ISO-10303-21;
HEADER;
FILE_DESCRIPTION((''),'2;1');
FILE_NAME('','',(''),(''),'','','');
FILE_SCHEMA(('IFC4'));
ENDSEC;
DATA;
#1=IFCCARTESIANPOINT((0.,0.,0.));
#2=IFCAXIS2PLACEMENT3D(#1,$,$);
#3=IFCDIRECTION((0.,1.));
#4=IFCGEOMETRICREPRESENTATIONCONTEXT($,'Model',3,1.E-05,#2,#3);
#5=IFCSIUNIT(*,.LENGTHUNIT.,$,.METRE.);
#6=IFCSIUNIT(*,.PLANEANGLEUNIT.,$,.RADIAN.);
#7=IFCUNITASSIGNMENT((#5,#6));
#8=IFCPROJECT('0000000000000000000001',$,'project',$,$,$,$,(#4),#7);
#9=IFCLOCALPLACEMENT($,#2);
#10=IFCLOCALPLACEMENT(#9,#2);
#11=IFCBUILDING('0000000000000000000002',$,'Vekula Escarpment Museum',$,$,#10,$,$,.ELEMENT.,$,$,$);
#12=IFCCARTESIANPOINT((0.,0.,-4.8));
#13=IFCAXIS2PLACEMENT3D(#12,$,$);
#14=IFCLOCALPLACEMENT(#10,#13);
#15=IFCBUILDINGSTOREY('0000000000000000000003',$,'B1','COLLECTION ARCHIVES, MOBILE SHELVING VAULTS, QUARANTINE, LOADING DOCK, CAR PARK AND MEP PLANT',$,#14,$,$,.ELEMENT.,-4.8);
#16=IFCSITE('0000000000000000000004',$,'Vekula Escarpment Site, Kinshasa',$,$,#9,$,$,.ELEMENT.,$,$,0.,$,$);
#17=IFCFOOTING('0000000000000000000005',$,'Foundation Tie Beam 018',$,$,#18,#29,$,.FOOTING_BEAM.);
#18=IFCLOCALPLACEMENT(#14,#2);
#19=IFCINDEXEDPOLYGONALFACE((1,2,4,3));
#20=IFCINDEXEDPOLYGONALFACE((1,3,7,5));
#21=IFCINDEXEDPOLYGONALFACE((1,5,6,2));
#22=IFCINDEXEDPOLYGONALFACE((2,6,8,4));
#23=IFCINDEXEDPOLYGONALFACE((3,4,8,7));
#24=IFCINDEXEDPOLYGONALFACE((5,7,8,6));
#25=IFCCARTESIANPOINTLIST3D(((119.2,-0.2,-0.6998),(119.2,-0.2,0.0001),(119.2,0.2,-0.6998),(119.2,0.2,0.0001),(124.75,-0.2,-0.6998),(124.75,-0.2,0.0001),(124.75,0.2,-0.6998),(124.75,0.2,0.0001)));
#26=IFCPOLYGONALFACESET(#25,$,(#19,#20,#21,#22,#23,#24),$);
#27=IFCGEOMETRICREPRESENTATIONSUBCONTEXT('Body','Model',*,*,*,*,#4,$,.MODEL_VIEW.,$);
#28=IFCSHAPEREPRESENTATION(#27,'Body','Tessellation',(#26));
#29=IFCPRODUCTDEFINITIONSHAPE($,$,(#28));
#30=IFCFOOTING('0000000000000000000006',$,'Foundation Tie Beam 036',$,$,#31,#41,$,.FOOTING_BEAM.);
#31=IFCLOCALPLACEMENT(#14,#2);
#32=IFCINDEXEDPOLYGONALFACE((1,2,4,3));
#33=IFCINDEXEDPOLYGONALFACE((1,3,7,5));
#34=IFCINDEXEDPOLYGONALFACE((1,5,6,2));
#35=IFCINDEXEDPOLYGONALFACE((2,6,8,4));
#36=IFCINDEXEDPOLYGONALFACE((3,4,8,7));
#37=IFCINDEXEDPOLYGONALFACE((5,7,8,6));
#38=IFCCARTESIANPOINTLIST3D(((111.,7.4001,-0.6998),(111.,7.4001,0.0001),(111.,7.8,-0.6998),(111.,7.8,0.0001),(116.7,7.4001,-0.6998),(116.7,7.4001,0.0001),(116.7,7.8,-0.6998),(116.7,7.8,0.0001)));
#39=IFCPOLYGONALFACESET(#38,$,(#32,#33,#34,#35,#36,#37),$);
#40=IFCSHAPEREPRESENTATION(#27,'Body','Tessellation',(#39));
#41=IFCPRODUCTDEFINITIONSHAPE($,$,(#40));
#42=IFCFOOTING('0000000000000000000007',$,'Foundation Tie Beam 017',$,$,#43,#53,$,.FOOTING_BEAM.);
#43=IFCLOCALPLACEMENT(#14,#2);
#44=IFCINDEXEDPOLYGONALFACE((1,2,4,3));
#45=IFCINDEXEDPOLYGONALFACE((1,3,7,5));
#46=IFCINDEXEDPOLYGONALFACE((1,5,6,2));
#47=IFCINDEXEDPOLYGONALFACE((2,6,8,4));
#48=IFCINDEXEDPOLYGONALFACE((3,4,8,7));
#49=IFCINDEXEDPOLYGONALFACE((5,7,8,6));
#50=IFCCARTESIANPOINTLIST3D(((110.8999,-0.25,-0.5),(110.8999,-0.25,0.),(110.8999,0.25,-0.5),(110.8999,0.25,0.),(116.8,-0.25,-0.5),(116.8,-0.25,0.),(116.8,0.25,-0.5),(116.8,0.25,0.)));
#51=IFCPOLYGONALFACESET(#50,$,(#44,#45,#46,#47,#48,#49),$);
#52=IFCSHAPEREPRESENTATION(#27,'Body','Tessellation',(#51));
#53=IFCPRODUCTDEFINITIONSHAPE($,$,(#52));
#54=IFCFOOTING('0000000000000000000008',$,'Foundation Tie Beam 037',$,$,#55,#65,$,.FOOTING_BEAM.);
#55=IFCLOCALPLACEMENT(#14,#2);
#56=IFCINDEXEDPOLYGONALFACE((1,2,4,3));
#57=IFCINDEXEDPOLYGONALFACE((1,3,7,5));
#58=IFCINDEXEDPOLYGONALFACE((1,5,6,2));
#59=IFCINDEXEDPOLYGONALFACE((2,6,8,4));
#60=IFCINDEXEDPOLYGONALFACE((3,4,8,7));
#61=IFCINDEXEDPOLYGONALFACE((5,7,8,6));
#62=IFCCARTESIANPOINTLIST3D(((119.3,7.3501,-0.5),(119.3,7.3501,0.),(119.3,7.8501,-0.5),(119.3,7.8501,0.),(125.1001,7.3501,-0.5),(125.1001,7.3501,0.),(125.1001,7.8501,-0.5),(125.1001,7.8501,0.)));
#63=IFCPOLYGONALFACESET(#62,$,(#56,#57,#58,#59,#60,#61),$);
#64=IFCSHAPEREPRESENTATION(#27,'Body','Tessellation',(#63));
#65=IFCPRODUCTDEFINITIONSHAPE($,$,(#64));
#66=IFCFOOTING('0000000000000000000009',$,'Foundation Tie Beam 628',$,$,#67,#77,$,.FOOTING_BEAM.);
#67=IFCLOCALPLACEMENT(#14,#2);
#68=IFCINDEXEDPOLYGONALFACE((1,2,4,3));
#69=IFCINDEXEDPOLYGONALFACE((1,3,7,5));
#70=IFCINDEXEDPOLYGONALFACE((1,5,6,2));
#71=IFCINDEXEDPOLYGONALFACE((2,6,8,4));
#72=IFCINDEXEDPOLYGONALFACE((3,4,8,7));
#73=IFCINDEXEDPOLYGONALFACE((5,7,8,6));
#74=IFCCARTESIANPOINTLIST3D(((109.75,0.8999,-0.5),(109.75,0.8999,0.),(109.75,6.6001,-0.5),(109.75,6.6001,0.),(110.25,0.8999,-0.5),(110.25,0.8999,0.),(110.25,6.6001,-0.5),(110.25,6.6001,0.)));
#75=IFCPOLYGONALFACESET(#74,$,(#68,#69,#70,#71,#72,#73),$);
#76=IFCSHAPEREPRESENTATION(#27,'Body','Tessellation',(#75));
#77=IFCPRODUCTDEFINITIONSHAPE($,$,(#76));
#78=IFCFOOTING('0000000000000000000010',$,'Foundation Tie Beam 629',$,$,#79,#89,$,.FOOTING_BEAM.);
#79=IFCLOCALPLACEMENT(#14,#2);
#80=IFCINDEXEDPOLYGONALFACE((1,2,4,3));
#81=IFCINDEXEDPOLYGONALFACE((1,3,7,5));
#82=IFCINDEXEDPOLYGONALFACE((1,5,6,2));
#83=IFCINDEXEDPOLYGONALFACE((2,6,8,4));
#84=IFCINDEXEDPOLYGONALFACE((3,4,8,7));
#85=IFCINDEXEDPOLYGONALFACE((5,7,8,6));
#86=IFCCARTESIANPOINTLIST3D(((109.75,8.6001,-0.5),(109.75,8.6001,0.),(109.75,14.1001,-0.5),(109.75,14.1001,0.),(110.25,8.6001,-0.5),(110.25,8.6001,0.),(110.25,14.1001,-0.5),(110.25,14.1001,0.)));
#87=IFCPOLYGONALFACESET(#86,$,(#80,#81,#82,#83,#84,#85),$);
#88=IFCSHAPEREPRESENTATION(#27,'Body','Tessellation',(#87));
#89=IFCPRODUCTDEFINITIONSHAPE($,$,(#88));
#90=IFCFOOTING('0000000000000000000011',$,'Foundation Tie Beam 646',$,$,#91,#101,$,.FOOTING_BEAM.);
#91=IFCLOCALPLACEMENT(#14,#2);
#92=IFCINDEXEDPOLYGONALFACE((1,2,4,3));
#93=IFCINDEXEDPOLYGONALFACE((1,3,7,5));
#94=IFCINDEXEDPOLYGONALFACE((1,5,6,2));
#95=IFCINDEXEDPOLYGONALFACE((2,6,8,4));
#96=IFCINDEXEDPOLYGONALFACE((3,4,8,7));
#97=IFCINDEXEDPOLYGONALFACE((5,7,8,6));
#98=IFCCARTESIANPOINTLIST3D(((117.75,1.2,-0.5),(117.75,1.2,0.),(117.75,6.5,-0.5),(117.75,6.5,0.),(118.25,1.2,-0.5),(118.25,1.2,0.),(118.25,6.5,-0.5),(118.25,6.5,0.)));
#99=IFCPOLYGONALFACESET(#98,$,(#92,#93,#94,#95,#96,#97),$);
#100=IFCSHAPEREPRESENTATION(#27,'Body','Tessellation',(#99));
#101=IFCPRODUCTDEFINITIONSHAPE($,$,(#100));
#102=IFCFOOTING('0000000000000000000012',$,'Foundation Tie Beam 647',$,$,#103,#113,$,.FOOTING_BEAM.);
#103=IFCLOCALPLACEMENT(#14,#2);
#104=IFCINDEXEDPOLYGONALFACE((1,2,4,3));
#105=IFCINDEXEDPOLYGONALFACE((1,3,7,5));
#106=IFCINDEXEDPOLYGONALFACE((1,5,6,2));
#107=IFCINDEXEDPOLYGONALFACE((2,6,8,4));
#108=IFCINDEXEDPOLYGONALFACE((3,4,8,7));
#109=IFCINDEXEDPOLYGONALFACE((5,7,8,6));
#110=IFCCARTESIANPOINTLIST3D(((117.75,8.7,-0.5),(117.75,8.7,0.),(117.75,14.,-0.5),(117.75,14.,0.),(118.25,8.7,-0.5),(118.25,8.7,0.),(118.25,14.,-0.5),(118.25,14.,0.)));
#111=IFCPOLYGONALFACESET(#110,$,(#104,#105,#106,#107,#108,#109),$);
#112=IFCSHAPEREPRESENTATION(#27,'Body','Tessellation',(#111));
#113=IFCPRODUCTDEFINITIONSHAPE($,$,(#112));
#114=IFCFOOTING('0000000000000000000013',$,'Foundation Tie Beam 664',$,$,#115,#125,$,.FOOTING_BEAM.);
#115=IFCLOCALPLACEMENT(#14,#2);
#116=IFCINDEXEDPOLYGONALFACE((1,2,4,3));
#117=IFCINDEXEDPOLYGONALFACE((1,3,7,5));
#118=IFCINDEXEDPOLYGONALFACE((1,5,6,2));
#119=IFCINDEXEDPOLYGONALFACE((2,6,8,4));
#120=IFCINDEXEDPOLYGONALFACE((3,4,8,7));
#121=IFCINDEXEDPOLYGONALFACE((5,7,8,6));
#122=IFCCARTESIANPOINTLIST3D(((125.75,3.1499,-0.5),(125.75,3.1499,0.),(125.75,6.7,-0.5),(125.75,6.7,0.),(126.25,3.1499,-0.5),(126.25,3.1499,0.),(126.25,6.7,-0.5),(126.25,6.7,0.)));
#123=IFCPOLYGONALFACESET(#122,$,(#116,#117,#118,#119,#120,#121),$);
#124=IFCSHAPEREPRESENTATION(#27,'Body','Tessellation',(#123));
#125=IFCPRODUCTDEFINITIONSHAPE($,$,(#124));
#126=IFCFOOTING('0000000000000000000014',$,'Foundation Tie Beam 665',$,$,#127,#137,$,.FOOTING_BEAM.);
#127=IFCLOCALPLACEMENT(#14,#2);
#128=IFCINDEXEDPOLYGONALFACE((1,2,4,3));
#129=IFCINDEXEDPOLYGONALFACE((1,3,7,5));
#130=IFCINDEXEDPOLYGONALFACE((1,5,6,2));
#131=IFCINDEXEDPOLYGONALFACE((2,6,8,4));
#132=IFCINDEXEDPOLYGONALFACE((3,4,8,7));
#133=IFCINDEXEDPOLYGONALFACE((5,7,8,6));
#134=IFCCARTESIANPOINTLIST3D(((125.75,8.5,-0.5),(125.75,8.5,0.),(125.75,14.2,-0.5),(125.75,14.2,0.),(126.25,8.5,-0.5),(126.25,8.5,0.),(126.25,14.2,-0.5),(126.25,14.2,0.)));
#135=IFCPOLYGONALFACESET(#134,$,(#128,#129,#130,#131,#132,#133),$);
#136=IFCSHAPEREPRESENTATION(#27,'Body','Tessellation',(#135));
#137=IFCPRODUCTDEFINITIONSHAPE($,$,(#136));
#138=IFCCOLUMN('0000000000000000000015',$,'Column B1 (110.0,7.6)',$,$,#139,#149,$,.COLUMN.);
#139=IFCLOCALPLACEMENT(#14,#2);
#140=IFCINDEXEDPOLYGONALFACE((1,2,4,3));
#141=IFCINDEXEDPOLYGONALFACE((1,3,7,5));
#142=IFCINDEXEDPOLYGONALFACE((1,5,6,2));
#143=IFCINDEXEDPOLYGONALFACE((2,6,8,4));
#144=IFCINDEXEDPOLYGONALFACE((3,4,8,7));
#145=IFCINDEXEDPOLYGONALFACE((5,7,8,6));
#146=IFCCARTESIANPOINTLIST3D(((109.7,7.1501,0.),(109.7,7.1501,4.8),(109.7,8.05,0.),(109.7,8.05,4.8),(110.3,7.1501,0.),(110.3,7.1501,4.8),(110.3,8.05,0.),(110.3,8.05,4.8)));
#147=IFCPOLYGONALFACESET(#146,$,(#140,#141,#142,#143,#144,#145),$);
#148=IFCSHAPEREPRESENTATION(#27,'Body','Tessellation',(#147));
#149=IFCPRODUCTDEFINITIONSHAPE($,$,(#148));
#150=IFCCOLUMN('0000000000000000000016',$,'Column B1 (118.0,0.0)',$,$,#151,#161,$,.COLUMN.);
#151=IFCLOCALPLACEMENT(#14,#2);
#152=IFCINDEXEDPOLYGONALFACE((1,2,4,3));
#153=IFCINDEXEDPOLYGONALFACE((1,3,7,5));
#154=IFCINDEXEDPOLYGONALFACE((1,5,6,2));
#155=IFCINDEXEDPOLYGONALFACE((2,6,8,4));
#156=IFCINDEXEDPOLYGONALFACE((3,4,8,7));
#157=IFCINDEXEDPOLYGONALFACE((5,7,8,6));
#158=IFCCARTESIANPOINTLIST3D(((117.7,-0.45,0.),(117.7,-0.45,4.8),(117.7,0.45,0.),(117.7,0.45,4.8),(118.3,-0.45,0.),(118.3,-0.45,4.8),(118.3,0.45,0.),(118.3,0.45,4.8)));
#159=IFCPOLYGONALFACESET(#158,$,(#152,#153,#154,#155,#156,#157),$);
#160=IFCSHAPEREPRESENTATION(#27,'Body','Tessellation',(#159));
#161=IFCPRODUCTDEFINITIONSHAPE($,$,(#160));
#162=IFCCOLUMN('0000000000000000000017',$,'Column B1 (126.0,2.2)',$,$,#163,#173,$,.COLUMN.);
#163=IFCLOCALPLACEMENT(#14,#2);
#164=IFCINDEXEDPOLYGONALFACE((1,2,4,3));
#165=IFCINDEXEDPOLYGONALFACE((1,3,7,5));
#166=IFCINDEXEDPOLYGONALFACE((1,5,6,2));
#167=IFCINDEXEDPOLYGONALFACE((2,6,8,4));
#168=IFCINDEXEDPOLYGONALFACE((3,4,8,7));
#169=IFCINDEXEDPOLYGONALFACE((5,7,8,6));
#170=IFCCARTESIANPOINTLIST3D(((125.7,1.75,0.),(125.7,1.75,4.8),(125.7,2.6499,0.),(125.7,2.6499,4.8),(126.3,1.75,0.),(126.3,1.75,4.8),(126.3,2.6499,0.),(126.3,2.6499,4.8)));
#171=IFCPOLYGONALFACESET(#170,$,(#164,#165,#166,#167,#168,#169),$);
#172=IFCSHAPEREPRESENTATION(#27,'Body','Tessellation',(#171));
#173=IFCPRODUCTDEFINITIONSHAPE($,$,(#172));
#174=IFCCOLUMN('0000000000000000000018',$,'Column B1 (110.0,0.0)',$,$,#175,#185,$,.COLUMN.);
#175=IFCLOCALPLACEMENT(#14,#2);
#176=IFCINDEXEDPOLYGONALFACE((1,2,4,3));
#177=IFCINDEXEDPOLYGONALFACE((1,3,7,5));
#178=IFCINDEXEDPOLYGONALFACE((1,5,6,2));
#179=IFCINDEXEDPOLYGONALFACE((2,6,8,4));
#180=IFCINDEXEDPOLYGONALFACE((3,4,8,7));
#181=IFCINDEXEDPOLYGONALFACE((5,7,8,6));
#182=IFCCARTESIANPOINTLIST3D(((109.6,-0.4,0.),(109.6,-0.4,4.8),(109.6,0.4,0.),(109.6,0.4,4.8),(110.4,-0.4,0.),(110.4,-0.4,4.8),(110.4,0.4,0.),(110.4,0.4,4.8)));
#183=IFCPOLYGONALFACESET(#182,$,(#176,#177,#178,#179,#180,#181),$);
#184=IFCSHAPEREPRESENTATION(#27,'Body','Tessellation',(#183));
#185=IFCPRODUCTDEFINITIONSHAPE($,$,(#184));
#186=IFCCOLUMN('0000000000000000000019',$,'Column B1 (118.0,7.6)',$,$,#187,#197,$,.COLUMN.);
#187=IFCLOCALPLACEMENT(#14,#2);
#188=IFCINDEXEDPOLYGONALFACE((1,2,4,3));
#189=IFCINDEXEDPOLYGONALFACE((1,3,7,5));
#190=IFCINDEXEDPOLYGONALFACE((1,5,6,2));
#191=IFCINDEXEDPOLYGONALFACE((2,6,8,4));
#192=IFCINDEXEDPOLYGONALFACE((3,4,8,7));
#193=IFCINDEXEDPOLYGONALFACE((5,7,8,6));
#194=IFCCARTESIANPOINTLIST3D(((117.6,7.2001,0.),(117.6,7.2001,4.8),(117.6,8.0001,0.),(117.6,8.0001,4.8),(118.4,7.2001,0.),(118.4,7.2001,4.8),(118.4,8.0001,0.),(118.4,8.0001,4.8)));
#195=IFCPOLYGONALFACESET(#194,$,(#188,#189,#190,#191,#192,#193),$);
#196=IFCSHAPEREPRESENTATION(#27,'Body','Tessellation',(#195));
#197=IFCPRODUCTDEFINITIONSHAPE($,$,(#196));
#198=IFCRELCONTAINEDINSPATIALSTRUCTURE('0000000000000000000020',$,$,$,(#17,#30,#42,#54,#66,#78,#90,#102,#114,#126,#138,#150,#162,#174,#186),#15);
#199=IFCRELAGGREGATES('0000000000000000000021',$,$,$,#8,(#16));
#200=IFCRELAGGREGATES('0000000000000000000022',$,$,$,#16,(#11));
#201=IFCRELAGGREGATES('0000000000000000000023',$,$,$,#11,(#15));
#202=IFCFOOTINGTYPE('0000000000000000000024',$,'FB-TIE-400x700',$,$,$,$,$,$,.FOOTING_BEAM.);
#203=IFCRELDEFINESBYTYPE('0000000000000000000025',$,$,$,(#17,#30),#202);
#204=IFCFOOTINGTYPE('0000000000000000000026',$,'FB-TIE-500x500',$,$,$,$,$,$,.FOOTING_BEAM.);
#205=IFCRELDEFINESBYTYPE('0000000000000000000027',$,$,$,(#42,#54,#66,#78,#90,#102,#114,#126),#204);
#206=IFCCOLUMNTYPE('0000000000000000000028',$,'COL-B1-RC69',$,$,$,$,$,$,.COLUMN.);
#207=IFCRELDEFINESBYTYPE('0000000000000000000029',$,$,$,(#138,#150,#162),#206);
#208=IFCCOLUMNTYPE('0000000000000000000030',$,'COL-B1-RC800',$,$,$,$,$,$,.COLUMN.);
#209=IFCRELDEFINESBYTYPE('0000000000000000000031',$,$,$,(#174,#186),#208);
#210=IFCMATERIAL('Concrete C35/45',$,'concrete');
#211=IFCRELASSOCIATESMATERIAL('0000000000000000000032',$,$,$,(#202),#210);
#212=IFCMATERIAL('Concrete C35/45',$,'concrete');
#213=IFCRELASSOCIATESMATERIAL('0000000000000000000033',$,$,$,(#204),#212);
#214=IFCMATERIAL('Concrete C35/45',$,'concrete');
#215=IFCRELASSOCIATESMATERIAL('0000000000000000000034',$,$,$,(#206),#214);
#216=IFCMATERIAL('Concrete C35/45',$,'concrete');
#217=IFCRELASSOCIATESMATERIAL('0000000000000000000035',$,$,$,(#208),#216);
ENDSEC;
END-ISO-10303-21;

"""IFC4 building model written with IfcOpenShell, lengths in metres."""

from ifc_helpers import new_model, si_unit, direction, frame, origin, origin_2d, place, context, subcontext, project, spatial, rectangle, extrude, material, material_profile, profile_set, type_object, element, save


model = new_model("IFC4")

# Units and contexts
model_context = context("Model", 3, precision=1e-05, world=origin(), true_north=direction((0.0, 1.0)))
body_context = subcontext(model_context, "Body", "Model", "MODEL_VIEW")
ifc_project = project(units=[si_unit("LENGTHUNIT", "METRE"), si_unit("PLANEANGLEUNIT", "RADIAN")], contexts=[model_context])

# Site, building, storey
site_placement = place(None, origin())
site = spatial("IfcSite", under=ifc_project, at=site_placement, Name="Vekula Escarpment Site, Kinshasa", CompositionType="ELEMENT", RefElevation=0.0)
building_placement = place(site_placement, origin())
building = spatial("IfcBuilding", under=site, at=building_placement, Name="Vekula Escarpment Museum", CompositionType="ELEMENT")
storey_placement = place(building_placement, frame((0.0, 0.0, -4.8)))
storey = spatial("IfcBuildingStorey", under=building, at=storey_placement, Name="B1", Description="COLLECTION ARCHIVES, MOBILE SHELVING VAULTS, QUARANTINE, LOADING DOCK, CAR PARK AND MEP PLANT", CompositionType="ELEMENT", Elevation=-4.8)

# Footings
ifc_material_1 = material(Name="Concrete C35/45", Category="concrete")
ifc_material_profile_1 = material_profile(ifc_material_1, rectangle(XDim=0.3999, YDim=0.7, at=origin_2d()), Name="RC 400x700")
ifc_profile_set_1 = profile_set([ifc_material_profile_1], Name="Concrete C35/45")
footing_type_1 = type_object("IfcFootingType", Name="FB-TIE-400x700", PredefinedType="FOOTING_BEAM", material=ifc_profile_set_1)
footing_1_placement = place(storey_placement, frame((119.2, 0.0, -0.3499), z_axis=(1.0, 0.0, 0.0), x_axis=(0.0, 1.0, 0.0)))
element("IfcFooting", 1, at=footing_1_placement, inside=storey, type_object=footing_type_1, Name="Foundation Tie Beam 018", PredefinedType="FOOTING_BEAM", context=body_context, shape_type="SweptSolid", body=[
    extrude(rectangle(XDim=0.3999, YDim=0.7, at=origin_2d()), origin(), (0.0, 0.0, 1.0), 5.55),
])
footing_2_placement = place(storey_placement, frame((111.0, 7.6001, -0.3499), z_axis=(1.0, 0.0, 0.0), x_axis=(0.0, 1.0, 0.0)))
element("IfcFooting", 2, at=footing_2_placement, inside=storey, type_object=footing_type_1, Name="Foundation Tie Beam 036", PredefinedType="FOOTING_BEAM", context=body_context, shape_type="SweptSolid", body=[
    extrude(rectangle(XDim=0.3999, YDim=0.7, at=origin_2d()), origin(), (0.0, 0.0, 1.0), 5.7),
])
ifc_material_2 = material(Name="Concrete C35/45", Category="concrete")
ifc_material_profile_2 = material_profile(ifc_material_2, rectangle(XDim=0.5, YDim=0.5, at=origin_2d()), Name="RC 500x500")
ifc_profile_set_2 = profile_set([ifc_material_profile_2], Name="Concrete C35/45")
footing_type_2 = type_object("IfcFootingType", Name="FB-TIE-500x500", PredefinedType="FOOTING_BEAM", material=ifc_profile_set_2)
footing_3_placement = place(storey_placement, frame((110.8999, 0.0, -0.25), z_axis=(1.0, 0.0, 0.0), x_axis=(0.0, 1.0, 0.0)))
element("IfcFooting", 3, at=footing_3_placement, inside=storey, type_object=footing_type_2, Name="Foundation Tie Beam 017", PredefinedType="FOOTING_BEAM", context=body_context, shape_type="SweptSolid", body=[
    extrude(rectangle(XDim=0.5, YDim=0.5, at=origin_2d()), origin(), (0.0, 0.0, 1.0), 5.9001),
])
footing_4_placement = place(storey_placement, frame((119.3, 7.6001, -0.25), z_axis=(1.0, 0.0, 0.0), x_axis=(0.0, 1.0, 0.0)))
element("IfcFooting", 4, at=footing_4_placement, inside=storey, type_object=footing_type_2, Name="Foundation Tie Beam 037", PredefinedType="FOOTING_BEAM", context=body_context, shape_type="SweptSolid", body=[
    extrude(rectangle(XDim=0.5, YDim=0.5, at=origin_2d()), origin(), (0.0, 0.0, 1.0), 5.8),
])
footing_5_placement = place(storey_placement, frame((110.0, 0.8999, -0.25), z_axis=(0.0, 1.0, 0.0), x_axis=(-1.0, 0.0, 0.0)))
element("IfcFooting", 5, at=footing_5_placement, inside=storey, type_object=footing_type_2, Name="Foundation Tie Beam 628", PredefinedType="FOOTING_BEAM", context=body_context, shape_type="SweptSolid", body=[
    extrude(rectangle(XDim=0.5, YDim=0.5, at=origin_2d()), origin(), (0.0, 0.0, 1.0), 5.7002),
])
footing_6_placement = place(storey_placement, frame((110.0, 8.6001, -0.25), z_axis=(0.0, 1.0, 0.0), x_axis=(-1.0, 0.0, 0.0)))
element("IfcFooting", 6, at=footing_6_placement, inside=storey, type_object=footing_type_2, Name="Foundation Tie Beam 629", PredefinedType="FOOTING_BEAM", context=body_context, shape_type="SweptSolid", body=[
    extrude(rectangle(XDim=0.5, YDim=0.5, at=origin_2d()), origin(), (0.0, 0.0, 1.0), 5.5),
])
for number, where, z_axis, x_axis, name in (
    (7, (118.0, 1.2, -0.25), (0.0, 1.0, 0.0), (-1.0, 0.0, 0.0), "Foundation Tie Beam 646"),
    (8, (118.0, 8.7, -0.25), (0.0, 1.0, 0.0), (-1.0, 0.0, 0.0), "Foundation Tie Beam 647"),
):
    element("IfcFooting", number, at=place(storey_placement, frame(where, z_axis=z_axis, x_axis=x_axis)), inside=storey, type_object=footing_type_2, Name=name, PredefinedType="FOOTING_BEAM", context=body_context, shape_type="SweptSolid", body=[
        extrude(rectangle(XDim=0.5, YDim=0.5, at=origin_2d()), origin(), (0.0, 0.0, 1.0), 5.3),
    ])
footing_7_placement = place(storey_placement, frame((126.0, 3.1499, -0.25), z_axis=(0.0, 1.0, 0.0), x_axis=(-1.0, 0.0, 0.0)))
element("IfcFooting", 9, at=footing_7_placement, inside=storey, type_object=footing_type_2, Name="Foundation Tie Beam 664", PredefinedType="FOOTING_BEAM", context=body_context, shape_type="SweptSolid", body=[
    extrude(rectangle(XDim=0.5, YDim=0.5, at=origin_2d()), origin(), (0.0, 0.0, 1.0), 3.55),
])
footing_8_placement = place(storey_placement, frame((126.0, 8.5, -0.25), z_axis=(0.0, 1.0, 0.0), x_axis=(-1.0, 0.0, 0.0)))
element("IfcFooting", 10, at=footing_8_placement, inside=storey, type_object=footing_type_2, Name="Foundation Tie Beam 665", PredefinedType="FOOTING_BEAM", context=body_context, shape_type="SweptSolid", body=[
    extrude(rectangle(XDim=0.5, YDim=0.5, at=origin_2d()), origin(), (0.0, 0.0, 1.0), 5.7),
])

# Columns
ifc_material_3 = material(Name="Concrete C35/45", Category="concrete")
ifc_material_profile_3 = material_profile(ifc_material_3, rectangle(XDim=0.6001, YDim=0.8999, at=origin_2d()), Name="RC 600x900")
ifc_profile_set_3 = profile_set([ifc_material_profile_3], Name="Concrete C35/45")
column_type_1 = type_object("IfcColumnType", Name="COL-B1-RC69", PredefinedType="COLUMN", material=ifc_profile_set_3)
for number, where, z_axis, x_axis, name in (
    (11, (110.0, 7.6001, 0.0), (0.0, 0.0, 1.0), (1.0, 0.0, 0.0), "Column B1 (110.0,7.6)"),
    (12, (118.0, 0.0, 0.0), (0.0, 0.0, 1.0), (1.0, 0.0, 0.0), "Column B1 (118.0,0.0)"),
    (13, (126.0, 2.2, 0.0), (0.0, 0.0, 1.0), (1.0, 0.0, 0.0), "Column B1 (126.0,2.2)"),
):
    element("IfcColumn", number, at=place(storey_placement, frame(where, z_axis=z_axis, x_axis=x_axis)), inside=storey, type_object=column_type_1, Name=name, PredefinedType="COLUMN", context=body_context, shape_type="SweptSolid", body=[
        extrude(rectangle(XDim=0.6001, YDim=0.8999, at=origin_2d()), origin(), (0.0, 0.0, 1.0), 4.8),
    ])
ifc_material_4 = material(Name="Concrete C35/45", Category="concrete")
ifc_material_profile_4 = material_profile(ifc_material_4, rectangle(XDim=0.8, YDim=0.8, at=origin_2d()), Name="RC 800x800")
ifc_profile_set_4 = profile_set([ifc_material_profile_4], Name="Concrete C35/45")
column_type_2 = type_object("IfcColumnType", Name="COL-B1-RC800", PredefinedType="COLUMN", material=ifc_profile_set_4)
for number, where, z_axis, x_axis, name in (
    (14, (110.0, 0.0, 0.0), (0.0, 0.0, 1.0), (1.0, 0.0, 0.0), "Column B1 (110.0,0.0)"),
    (15, (118.0, 7.6001, 0.0), (0.0, 0.0, 1.0), (1.0, 0.0, 0.0), "Column B1 (118.0,7.6)"),
):
    element("IfcColumn", number, at=place(storey_placement, frame(where, z_axis=z_axis, x_axis=x_axis)), inside=storey, type_object=column_type_2, Name=name, PredefinedType="COLUMN", context=body_context, shape_type="SweptSolid", body=[
        extrude(rectangle(XDim=0.8, YDim=0.8, at=origin_2d()), origin(), (0.0, 0.0, 1.0), 4.8),
    ])

save(model, "model.ifc")
